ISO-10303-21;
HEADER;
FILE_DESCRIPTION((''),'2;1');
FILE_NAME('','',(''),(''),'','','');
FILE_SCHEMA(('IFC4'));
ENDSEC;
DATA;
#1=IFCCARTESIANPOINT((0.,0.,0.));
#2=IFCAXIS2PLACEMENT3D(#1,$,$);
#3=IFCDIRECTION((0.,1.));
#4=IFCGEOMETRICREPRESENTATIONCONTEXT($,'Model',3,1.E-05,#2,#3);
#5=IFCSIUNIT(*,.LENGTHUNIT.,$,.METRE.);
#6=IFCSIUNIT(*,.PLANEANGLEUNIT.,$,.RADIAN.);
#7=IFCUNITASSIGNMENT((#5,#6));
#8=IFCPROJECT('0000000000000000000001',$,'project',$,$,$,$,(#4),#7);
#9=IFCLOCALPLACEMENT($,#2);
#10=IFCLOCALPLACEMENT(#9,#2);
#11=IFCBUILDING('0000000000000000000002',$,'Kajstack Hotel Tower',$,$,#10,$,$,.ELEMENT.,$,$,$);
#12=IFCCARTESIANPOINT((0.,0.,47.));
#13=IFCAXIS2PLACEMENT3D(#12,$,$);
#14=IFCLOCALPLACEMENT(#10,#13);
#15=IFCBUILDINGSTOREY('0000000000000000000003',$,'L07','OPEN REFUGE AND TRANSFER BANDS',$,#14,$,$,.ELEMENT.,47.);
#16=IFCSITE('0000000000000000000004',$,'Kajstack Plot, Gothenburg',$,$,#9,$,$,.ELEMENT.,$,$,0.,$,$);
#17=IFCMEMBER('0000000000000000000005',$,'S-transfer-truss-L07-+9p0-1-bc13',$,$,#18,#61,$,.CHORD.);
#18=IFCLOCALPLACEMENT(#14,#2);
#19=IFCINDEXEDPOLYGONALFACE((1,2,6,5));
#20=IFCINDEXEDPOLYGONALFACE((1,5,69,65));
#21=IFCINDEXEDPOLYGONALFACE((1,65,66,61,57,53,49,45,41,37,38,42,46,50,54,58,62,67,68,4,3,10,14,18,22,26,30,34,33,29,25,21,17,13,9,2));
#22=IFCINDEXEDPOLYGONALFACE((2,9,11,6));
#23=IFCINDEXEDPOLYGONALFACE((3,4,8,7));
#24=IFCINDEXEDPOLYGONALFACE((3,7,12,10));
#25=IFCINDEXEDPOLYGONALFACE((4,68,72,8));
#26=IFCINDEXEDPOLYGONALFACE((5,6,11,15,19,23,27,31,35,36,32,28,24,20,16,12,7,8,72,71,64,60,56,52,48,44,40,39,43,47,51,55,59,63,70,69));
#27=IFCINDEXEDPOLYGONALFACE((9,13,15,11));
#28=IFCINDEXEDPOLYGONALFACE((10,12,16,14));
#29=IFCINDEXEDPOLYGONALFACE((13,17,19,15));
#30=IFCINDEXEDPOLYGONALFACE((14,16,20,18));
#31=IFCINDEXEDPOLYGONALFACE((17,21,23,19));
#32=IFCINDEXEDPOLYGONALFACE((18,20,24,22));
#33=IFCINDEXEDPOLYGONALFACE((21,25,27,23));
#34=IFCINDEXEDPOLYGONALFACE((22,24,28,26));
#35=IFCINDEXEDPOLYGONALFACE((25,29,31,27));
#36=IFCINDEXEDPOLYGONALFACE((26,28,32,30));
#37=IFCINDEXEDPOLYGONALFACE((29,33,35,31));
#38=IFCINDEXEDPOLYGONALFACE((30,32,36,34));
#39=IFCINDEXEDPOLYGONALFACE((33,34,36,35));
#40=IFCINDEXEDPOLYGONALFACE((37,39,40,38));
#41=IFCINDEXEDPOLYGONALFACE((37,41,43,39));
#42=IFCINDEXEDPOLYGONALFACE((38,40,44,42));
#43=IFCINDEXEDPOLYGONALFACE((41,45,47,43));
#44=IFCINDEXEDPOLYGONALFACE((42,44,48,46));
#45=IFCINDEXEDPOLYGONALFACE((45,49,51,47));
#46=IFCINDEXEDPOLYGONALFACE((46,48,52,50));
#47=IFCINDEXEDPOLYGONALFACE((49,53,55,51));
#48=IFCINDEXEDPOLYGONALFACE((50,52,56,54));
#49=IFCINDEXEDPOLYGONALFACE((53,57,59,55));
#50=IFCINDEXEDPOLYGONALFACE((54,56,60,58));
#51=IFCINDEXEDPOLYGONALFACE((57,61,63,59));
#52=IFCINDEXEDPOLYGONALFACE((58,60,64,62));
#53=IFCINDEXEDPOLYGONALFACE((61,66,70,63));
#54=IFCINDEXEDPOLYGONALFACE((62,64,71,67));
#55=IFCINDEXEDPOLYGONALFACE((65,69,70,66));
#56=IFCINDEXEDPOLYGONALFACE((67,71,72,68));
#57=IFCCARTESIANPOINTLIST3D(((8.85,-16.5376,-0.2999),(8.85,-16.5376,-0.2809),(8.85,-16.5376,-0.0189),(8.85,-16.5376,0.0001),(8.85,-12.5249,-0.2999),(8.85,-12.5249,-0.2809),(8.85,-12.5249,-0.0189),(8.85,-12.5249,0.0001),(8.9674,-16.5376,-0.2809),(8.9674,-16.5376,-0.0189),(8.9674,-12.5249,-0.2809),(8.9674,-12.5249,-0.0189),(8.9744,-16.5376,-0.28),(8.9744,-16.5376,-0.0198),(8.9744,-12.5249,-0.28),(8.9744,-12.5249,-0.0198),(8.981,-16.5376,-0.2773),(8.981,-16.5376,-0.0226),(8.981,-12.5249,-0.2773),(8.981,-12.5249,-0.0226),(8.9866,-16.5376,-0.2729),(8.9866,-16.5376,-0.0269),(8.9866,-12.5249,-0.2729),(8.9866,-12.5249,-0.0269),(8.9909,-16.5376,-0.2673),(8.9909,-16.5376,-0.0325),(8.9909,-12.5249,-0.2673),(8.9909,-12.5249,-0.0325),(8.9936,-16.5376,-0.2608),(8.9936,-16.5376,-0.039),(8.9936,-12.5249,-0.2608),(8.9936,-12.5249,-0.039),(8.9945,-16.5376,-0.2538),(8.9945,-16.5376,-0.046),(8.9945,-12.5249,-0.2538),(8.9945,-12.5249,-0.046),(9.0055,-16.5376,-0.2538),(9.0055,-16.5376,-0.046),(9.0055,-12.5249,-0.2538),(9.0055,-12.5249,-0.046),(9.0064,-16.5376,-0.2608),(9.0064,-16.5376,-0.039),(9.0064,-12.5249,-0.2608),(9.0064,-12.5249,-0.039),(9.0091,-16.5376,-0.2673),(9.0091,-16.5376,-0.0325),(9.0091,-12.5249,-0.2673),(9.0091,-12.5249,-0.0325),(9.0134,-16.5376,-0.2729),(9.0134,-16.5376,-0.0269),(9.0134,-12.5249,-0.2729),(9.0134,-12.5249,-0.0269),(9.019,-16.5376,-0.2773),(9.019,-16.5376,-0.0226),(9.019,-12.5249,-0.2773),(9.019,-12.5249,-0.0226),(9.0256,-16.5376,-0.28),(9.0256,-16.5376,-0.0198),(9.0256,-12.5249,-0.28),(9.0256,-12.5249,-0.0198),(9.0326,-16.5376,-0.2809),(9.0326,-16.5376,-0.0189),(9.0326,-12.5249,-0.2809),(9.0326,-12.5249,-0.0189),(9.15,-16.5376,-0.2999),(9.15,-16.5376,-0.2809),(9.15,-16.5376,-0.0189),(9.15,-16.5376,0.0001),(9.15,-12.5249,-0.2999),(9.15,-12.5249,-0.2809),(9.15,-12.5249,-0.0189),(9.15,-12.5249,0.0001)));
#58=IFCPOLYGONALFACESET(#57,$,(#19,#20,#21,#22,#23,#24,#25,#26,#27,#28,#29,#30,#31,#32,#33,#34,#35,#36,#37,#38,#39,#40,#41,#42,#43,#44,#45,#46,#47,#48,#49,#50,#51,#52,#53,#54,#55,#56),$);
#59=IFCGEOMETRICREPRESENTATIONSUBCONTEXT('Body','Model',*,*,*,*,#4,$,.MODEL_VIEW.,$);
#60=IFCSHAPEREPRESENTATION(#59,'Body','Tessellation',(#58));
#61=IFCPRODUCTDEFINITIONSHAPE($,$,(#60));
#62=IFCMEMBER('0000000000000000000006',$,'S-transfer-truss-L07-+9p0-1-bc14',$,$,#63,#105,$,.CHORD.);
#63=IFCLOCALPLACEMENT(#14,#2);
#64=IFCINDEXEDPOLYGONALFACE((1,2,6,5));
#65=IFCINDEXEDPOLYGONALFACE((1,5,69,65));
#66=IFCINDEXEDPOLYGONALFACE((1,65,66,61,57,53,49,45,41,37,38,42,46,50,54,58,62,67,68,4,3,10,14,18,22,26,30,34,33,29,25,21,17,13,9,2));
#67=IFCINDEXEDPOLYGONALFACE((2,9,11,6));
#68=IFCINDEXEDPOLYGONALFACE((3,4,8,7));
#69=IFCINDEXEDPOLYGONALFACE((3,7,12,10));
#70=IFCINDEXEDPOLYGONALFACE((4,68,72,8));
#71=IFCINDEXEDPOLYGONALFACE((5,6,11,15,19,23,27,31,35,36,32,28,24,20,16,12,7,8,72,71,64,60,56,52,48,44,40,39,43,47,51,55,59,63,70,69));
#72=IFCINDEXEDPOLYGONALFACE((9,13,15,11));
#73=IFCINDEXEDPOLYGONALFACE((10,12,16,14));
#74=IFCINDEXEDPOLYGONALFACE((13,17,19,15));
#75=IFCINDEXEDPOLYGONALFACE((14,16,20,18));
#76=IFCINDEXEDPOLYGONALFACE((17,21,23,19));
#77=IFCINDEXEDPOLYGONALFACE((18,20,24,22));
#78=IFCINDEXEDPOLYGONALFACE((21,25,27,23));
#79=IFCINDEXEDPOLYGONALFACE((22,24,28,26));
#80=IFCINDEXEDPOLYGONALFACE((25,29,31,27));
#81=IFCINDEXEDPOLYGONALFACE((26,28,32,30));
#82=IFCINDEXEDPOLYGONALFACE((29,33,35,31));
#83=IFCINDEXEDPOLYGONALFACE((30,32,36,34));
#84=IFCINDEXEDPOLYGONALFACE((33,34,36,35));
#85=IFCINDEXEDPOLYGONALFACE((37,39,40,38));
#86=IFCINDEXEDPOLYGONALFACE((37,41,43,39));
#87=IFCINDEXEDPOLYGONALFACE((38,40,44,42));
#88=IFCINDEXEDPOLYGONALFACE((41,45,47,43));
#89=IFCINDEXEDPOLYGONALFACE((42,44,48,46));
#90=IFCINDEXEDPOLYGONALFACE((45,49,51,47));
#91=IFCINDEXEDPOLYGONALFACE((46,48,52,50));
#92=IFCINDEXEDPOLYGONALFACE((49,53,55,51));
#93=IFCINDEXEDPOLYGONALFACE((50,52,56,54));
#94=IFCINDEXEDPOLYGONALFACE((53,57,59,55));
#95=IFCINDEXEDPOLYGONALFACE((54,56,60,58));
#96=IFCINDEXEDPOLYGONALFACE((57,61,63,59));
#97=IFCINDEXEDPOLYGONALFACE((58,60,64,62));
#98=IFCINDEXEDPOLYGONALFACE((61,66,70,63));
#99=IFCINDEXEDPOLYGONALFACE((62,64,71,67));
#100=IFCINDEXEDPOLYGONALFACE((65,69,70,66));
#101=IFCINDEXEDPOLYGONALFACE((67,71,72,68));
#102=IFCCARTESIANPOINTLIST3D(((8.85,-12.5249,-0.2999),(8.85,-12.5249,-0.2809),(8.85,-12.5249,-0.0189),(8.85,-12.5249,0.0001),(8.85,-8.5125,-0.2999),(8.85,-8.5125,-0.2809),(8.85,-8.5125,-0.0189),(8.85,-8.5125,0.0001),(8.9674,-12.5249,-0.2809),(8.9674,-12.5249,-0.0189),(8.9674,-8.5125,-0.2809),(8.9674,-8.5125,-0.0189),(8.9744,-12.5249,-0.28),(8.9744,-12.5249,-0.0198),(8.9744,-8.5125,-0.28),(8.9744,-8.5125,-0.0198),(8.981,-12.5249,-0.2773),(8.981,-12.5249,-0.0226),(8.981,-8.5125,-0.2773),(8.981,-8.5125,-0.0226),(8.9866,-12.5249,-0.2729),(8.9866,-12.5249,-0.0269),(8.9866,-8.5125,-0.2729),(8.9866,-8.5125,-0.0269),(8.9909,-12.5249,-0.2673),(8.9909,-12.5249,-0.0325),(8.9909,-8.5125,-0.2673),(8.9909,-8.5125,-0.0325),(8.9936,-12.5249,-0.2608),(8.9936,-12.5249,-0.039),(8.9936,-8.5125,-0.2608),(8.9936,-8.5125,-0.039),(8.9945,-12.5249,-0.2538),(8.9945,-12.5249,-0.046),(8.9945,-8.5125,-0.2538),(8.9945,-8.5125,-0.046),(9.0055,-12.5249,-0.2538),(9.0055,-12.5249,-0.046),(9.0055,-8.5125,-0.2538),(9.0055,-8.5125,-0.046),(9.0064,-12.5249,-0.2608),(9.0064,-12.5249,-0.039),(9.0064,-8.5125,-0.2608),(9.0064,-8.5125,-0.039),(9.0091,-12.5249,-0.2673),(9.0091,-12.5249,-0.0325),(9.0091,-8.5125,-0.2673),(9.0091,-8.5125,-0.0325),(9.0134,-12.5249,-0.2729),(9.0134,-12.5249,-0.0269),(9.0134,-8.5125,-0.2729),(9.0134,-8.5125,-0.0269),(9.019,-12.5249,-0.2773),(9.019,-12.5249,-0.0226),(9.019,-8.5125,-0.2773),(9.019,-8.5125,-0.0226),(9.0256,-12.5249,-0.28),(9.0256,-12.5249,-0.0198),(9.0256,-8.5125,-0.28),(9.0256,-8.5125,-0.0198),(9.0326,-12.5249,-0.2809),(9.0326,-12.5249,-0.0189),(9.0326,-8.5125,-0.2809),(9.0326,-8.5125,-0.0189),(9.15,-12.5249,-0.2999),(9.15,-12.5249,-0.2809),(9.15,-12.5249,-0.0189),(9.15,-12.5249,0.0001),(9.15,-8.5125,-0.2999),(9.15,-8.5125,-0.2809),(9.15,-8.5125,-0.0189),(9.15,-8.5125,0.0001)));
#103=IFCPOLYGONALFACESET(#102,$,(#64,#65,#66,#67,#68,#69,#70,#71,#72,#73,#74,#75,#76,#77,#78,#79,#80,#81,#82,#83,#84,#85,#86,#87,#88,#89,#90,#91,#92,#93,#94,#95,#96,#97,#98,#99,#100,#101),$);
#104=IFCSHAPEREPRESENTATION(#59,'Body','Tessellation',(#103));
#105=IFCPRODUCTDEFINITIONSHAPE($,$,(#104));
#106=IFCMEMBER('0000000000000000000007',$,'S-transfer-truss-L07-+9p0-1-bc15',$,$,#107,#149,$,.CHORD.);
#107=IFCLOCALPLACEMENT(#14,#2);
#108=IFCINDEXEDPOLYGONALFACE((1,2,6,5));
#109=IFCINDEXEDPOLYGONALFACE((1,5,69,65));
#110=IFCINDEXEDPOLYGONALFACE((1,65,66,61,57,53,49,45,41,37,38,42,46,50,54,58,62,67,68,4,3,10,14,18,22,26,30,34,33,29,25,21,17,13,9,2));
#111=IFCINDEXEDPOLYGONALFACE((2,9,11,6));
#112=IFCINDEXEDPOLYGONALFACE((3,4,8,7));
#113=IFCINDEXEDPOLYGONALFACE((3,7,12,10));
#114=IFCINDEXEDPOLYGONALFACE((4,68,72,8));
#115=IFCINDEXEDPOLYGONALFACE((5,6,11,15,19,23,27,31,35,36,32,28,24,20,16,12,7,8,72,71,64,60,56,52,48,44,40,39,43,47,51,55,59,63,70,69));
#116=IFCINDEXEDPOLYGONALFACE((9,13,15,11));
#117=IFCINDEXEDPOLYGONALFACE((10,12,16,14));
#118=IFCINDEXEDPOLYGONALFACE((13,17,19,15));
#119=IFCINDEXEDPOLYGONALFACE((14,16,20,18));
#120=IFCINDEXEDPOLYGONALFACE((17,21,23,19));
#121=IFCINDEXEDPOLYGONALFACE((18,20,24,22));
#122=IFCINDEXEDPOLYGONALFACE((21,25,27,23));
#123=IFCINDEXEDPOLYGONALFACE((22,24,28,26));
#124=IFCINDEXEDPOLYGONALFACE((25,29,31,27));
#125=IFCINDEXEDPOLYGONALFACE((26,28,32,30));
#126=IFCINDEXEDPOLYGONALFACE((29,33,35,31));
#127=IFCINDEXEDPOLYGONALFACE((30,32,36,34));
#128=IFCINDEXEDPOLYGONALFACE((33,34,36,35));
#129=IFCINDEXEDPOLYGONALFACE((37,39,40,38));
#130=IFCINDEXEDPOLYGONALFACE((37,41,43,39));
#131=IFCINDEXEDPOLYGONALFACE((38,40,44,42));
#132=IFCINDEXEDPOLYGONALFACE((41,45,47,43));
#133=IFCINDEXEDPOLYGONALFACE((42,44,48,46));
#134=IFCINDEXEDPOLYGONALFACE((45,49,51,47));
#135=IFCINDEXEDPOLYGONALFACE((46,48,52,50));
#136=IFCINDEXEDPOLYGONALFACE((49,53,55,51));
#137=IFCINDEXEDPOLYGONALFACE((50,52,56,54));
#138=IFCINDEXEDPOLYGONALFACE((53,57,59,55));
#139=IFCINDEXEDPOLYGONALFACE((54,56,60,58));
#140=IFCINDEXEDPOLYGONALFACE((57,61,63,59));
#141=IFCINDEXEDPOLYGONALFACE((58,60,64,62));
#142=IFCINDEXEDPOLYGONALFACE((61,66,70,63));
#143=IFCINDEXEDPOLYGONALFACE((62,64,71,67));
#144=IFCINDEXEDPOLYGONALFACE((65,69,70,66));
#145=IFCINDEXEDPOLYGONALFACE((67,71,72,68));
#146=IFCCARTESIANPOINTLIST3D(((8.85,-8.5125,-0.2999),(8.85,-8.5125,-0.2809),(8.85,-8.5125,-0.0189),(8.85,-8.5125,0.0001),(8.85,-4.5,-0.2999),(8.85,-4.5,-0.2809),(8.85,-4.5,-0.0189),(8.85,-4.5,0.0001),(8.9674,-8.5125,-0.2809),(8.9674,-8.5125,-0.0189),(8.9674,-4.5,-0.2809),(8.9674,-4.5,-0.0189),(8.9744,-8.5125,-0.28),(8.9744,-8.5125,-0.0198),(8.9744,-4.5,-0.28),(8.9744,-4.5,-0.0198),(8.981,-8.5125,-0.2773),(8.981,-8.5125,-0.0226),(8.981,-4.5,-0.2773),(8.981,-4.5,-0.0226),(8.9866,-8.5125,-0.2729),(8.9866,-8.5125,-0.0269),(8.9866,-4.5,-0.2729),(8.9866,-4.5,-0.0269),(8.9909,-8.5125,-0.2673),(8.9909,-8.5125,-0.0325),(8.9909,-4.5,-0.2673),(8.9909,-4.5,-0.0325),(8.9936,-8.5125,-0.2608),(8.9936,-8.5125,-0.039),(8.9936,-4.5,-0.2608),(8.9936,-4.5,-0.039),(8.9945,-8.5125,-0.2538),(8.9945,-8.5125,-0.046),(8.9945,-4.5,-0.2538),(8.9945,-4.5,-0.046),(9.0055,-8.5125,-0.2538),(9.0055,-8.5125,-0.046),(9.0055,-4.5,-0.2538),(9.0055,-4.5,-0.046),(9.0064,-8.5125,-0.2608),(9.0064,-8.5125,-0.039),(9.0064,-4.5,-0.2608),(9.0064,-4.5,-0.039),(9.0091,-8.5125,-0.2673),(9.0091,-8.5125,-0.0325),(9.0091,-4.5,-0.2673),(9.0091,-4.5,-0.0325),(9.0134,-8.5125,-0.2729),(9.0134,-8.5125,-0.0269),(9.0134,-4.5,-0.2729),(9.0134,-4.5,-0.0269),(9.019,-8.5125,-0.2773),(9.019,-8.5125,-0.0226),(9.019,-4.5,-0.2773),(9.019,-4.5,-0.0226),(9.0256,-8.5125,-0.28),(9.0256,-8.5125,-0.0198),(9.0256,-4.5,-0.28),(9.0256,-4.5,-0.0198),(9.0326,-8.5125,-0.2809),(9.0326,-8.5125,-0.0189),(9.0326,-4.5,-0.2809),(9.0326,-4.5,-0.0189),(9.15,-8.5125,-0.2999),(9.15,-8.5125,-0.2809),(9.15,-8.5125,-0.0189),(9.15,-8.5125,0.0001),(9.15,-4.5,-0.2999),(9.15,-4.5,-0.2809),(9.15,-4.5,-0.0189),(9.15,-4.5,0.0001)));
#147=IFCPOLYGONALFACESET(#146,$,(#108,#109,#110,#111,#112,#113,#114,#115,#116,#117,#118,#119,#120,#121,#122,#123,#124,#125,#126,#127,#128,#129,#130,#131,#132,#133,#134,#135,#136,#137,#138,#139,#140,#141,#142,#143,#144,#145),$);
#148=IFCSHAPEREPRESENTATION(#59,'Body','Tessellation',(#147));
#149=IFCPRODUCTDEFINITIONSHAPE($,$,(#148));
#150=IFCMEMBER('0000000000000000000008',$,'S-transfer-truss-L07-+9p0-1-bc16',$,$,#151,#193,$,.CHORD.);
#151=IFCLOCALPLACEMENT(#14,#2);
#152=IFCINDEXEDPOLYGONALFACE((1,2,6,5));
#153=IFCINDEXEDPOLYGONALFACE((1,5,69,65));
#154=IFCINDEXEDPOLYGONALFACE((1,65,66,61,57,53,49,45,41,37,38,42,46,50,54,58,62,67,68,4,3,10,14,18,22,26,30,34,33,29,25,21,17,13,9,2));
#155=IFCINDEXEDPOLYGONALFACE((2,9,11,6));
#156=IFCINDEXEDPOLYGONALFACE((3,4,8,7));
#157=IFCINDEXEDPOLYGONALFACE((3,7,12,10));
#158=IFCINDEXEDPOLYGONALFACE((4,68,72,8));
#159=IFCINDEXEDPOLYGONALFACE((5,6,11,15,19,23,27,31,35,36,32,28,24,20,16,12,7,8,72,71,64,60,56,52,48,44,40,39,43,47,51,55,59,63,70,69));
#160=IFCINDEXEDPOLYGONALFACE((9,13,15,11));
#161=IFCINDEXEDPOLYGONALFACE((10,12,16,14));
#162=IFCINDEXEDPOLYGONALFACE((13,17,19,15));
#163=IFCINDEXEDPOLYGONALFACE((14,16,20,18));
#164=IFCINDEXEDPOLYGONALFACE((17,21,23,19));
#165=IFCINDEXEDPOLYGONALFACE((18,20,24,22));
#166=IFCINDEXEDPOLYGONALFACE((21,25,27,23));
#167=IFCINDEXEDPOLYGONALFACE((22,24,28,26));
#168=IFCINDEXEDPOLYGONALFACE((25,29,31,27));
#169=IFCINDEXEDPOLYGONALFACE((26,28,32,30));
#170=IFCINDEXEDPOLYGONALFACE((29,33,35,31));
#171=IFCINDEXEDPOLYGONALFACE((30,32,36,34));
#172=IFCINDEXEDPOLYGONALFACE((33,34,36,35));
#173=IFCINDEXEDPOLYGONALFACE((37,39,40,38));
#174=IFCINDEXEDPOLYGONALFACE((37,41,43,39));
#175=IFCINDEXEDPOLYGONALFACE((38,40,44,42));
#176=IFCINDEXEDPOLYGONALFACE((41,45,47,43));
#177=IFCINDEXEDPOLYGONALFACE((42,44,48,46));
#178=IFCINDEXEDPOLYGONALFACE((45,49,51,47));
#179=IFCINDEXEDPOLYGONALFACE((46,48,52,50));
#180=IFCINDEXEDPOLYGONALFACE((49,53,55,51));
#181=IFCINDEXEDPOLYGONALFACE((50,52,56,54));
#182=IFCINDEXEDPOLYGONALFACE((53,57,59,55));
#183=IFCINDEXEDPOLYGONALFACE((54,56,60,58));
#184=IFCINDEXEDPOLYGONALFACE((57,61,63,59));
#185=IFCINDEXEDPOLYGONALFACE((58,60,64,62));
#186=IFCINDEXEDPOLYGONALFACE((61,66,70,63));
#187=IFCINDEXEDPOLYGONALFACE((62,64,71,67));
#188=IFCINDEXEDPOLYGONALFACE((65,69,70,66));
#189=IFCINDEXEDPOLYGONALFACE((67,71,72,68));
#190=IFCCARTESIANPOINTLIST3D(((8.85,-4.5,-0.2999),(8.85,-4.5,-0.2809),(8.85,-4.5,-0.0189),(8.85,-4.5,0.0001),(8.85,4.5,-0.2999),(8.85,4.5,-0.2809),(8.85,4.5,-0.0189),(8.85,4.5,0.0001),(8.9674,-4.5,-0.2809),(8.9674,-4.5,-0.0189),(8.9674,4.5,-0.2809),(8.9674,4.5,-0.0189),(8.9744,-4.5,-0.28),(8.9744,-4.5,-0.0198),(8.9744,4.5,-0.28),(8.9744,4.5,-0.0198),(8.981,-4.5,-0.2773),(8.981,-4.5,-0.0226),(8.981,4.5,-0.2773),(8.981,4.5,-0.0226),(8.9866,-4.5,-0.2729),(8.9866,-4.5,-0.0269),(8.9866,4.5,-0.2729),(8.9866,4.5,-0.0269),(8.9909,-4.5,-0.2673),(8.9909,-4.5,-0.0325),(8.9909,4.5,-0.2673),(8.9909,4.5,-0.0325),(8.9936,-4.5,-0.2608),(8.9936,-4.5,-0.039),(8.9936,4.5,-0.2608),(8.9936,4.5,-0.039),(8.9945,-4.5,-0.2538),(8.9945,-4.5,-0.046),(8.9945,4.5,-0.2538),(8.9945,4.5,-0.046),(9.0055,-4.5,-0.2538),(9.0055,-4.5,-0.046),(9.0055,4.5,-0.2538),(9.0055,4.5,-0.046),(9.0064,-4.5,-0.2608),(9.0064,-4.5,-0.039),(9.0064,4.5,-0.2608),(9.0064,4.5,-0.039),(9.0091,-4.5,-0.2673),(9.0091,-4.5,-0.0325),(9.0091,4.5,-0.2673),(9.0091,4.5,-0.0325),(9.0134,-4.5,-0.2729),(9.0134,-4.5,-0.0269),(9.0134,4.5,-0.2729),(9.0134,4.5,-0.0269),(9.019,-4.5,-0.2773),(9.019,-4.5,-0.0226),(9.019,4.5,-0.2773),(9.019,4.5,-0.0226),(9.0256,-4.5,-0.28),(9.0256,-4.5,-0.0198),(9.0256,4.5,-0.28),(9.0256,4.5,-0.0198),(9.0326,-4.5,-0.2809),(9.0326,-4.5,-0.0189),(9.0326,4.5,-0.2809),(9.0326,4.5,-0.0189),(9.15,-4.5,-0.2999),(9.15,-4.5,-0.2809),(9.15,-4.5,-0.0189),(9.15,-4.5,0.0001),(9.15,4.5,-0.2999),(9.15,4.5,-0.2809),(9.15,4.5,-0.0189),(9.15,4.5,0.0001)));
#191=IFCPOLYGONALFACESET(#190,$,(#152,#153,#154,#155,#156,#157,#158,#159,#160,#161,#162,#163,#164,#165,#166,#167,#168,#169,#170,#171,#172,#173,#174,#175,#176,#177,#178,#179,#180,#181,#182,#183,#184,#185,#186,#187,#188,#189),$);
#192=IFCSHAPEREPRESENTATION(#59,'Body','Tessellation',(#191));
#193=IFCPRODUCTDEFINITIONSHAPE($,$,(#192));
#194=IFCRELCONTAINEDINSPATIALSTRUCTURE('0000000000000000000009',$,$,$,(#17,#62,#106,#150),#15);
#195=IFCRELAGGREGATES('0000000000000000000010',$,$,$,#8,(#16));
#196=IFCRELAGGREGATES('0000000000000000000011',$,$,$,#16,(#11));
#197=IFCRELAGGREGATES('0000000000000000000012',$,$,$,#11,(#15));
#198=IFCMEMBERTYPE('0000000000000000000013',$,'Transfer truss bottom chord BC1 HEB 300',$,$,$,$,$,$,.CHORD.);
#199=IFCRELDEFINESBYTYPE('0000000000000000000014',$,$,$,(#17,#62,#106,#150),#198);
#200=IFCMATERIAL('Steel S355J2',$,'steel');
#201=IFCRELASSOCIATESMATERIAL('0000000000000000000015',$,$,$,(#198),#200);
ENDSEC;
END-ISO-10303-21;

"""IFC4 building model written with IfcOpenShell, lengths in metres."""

from ifc_helpers import new_model, si_unit, direction, frame, origin, origin_2d, place, context, subcontext, project, spatial, i_section, extrude, material, material_profile, profile_set, type_object, element, save


model = new_model("IFC4")

# Units and contexts
model_context = context("Model", 3, precision=1e-05, world=origin(), true_north=direction((0.0, 1.0)))
body_context = subcontext(model_context, "Body", "Model", "MODEL_VIEW")
ifc_project = project(units=[si_unit("LENGTHUNIT", "METRE"), si_unit("PLANEANGLEUNIT", "RADIAN")], contexts=[model_context])

# Site, building, storey
site_placement = place(None, origin())
site = spatial("IfcSite", under=ifc_project, at=site_placement, Name="Kajstack Plot, Gothenburg", CompositionType="ELEMENT", RefElevation=0.0)
building_placement = place(site_placement, origin())
building = spatial("IfcBuilding", under=site, at=building_placement, Name="Kajstack Hotel Tower", CompositionType="ELEMENT")
storey_placement = place(building_placement, frame((0.0, 0.0, 47.0)))
storey = spatial("IfcBuildingStorey", under=building, at=storey_placement, Name="L07", Description="OPEN REFUGE AND TRANSFER BANDS", CompositionType="ELEMENT", Elevation=47.0)

# Members
ifc_material_1 = material(Name="Steel S355J2", Category="steel")
ifc_material_profile_1 = material_profile(ifc_material_1, i_section(OverallWidth=0.3, OverallDepth=0.3, WebThickness=0.011, FlangeThickness=0.019, FilletRadius=0.0271, at=origin_2d()), Name="HEB 300")
ifc_profile_set_1 = profile_set([ifc_material_profile_1], Name="Steel S355J2")
member_type_1 = type_object("IfcMemberType", Name="Transfer truss bottom chord BC1 HEB 300", PredefinedType="CHORD", material=ifc_profile_set_1)
member_1_placement = place(storey_placement, frame((9.0, -16.5376, -0.1499), z_axis=(0.0, 1.0, 0.0), x_axis=(-1.0, 0.0, 0.0)))
element("IfcMember", 1, at=member_1_placement, inside=storey, type_object=member_type_1, Name="S-transfer-truss-L07-+9p0-1-bc13", PredefinedType="CHORD", context=body_context, shape_type="SweptSolid", body=[
    extrude(i_section(OverallWidth=0.3, OverallDepth=0.3, WebThickness=0.011, FlangeThickness=0.019, FilletRadius=0.0271, at=origin_2d()), origin(), (0.0, 0.0, 1.0), 4.0127),
])
for number, where, z_axis, x_axis, name in (
    (2, (9.0, -12.5249, -0.1499), (0.0, 1.0, 0.0), (-1.0, 0.0, 0.0), "S-transfer-truss-L07-+9p0-1-bc14"),
    (3, (9.0, -8.5125, -0.1499), (0.0, 1.0, 0.0), (-1.0, 0.0, 0.0), "S-transfer-truss-L07-+9p0-1-bc15"),
):
    element("IfcMember", number, at=place(storey_placement, frame(where, z_axis=z_axis, x_axis=x_axis)), inside=storey, type_object=member_type_1, Name=name, PredefinedType="CHORD", context=body_context, shape_type="SweptSolid", body=[
        extrude(i_section(OverallWidth=0.3, OverallDepth=0.3, WebThickness=0.011, FlangeThickness=0.019, FilletRadius=0.0271, at=origin_2d()), origin(), (0.0, 0.0, 1.0), 4.0125),
    ])
member_2_placement = place(storey_placement, frame((9.0, -4.5, -0.1499), z_axis=(0.0, 1.0, 0.0), x_axis=(-1.0, 0.0, 0.0)))
element("IfcMember", 4, at=member_2_placement, inside=storey, type_object=member_type_1, Name="S-transfer-truss-L07-+9p0-1-bc16", PredefinedType="CHORD", context=body_context, shape_type="SweptSolid", body=[
    extrude(i_section(OverallWidth=0.3, OverallDepth=0.3, WebThickness=0.011, FlangeThickness=0.019, FilletRadius=0.0271, at=origin_2d()), origin(), (0.0, 0.0, 1.0), 9.0),
])

save(model, "model.ifc")
